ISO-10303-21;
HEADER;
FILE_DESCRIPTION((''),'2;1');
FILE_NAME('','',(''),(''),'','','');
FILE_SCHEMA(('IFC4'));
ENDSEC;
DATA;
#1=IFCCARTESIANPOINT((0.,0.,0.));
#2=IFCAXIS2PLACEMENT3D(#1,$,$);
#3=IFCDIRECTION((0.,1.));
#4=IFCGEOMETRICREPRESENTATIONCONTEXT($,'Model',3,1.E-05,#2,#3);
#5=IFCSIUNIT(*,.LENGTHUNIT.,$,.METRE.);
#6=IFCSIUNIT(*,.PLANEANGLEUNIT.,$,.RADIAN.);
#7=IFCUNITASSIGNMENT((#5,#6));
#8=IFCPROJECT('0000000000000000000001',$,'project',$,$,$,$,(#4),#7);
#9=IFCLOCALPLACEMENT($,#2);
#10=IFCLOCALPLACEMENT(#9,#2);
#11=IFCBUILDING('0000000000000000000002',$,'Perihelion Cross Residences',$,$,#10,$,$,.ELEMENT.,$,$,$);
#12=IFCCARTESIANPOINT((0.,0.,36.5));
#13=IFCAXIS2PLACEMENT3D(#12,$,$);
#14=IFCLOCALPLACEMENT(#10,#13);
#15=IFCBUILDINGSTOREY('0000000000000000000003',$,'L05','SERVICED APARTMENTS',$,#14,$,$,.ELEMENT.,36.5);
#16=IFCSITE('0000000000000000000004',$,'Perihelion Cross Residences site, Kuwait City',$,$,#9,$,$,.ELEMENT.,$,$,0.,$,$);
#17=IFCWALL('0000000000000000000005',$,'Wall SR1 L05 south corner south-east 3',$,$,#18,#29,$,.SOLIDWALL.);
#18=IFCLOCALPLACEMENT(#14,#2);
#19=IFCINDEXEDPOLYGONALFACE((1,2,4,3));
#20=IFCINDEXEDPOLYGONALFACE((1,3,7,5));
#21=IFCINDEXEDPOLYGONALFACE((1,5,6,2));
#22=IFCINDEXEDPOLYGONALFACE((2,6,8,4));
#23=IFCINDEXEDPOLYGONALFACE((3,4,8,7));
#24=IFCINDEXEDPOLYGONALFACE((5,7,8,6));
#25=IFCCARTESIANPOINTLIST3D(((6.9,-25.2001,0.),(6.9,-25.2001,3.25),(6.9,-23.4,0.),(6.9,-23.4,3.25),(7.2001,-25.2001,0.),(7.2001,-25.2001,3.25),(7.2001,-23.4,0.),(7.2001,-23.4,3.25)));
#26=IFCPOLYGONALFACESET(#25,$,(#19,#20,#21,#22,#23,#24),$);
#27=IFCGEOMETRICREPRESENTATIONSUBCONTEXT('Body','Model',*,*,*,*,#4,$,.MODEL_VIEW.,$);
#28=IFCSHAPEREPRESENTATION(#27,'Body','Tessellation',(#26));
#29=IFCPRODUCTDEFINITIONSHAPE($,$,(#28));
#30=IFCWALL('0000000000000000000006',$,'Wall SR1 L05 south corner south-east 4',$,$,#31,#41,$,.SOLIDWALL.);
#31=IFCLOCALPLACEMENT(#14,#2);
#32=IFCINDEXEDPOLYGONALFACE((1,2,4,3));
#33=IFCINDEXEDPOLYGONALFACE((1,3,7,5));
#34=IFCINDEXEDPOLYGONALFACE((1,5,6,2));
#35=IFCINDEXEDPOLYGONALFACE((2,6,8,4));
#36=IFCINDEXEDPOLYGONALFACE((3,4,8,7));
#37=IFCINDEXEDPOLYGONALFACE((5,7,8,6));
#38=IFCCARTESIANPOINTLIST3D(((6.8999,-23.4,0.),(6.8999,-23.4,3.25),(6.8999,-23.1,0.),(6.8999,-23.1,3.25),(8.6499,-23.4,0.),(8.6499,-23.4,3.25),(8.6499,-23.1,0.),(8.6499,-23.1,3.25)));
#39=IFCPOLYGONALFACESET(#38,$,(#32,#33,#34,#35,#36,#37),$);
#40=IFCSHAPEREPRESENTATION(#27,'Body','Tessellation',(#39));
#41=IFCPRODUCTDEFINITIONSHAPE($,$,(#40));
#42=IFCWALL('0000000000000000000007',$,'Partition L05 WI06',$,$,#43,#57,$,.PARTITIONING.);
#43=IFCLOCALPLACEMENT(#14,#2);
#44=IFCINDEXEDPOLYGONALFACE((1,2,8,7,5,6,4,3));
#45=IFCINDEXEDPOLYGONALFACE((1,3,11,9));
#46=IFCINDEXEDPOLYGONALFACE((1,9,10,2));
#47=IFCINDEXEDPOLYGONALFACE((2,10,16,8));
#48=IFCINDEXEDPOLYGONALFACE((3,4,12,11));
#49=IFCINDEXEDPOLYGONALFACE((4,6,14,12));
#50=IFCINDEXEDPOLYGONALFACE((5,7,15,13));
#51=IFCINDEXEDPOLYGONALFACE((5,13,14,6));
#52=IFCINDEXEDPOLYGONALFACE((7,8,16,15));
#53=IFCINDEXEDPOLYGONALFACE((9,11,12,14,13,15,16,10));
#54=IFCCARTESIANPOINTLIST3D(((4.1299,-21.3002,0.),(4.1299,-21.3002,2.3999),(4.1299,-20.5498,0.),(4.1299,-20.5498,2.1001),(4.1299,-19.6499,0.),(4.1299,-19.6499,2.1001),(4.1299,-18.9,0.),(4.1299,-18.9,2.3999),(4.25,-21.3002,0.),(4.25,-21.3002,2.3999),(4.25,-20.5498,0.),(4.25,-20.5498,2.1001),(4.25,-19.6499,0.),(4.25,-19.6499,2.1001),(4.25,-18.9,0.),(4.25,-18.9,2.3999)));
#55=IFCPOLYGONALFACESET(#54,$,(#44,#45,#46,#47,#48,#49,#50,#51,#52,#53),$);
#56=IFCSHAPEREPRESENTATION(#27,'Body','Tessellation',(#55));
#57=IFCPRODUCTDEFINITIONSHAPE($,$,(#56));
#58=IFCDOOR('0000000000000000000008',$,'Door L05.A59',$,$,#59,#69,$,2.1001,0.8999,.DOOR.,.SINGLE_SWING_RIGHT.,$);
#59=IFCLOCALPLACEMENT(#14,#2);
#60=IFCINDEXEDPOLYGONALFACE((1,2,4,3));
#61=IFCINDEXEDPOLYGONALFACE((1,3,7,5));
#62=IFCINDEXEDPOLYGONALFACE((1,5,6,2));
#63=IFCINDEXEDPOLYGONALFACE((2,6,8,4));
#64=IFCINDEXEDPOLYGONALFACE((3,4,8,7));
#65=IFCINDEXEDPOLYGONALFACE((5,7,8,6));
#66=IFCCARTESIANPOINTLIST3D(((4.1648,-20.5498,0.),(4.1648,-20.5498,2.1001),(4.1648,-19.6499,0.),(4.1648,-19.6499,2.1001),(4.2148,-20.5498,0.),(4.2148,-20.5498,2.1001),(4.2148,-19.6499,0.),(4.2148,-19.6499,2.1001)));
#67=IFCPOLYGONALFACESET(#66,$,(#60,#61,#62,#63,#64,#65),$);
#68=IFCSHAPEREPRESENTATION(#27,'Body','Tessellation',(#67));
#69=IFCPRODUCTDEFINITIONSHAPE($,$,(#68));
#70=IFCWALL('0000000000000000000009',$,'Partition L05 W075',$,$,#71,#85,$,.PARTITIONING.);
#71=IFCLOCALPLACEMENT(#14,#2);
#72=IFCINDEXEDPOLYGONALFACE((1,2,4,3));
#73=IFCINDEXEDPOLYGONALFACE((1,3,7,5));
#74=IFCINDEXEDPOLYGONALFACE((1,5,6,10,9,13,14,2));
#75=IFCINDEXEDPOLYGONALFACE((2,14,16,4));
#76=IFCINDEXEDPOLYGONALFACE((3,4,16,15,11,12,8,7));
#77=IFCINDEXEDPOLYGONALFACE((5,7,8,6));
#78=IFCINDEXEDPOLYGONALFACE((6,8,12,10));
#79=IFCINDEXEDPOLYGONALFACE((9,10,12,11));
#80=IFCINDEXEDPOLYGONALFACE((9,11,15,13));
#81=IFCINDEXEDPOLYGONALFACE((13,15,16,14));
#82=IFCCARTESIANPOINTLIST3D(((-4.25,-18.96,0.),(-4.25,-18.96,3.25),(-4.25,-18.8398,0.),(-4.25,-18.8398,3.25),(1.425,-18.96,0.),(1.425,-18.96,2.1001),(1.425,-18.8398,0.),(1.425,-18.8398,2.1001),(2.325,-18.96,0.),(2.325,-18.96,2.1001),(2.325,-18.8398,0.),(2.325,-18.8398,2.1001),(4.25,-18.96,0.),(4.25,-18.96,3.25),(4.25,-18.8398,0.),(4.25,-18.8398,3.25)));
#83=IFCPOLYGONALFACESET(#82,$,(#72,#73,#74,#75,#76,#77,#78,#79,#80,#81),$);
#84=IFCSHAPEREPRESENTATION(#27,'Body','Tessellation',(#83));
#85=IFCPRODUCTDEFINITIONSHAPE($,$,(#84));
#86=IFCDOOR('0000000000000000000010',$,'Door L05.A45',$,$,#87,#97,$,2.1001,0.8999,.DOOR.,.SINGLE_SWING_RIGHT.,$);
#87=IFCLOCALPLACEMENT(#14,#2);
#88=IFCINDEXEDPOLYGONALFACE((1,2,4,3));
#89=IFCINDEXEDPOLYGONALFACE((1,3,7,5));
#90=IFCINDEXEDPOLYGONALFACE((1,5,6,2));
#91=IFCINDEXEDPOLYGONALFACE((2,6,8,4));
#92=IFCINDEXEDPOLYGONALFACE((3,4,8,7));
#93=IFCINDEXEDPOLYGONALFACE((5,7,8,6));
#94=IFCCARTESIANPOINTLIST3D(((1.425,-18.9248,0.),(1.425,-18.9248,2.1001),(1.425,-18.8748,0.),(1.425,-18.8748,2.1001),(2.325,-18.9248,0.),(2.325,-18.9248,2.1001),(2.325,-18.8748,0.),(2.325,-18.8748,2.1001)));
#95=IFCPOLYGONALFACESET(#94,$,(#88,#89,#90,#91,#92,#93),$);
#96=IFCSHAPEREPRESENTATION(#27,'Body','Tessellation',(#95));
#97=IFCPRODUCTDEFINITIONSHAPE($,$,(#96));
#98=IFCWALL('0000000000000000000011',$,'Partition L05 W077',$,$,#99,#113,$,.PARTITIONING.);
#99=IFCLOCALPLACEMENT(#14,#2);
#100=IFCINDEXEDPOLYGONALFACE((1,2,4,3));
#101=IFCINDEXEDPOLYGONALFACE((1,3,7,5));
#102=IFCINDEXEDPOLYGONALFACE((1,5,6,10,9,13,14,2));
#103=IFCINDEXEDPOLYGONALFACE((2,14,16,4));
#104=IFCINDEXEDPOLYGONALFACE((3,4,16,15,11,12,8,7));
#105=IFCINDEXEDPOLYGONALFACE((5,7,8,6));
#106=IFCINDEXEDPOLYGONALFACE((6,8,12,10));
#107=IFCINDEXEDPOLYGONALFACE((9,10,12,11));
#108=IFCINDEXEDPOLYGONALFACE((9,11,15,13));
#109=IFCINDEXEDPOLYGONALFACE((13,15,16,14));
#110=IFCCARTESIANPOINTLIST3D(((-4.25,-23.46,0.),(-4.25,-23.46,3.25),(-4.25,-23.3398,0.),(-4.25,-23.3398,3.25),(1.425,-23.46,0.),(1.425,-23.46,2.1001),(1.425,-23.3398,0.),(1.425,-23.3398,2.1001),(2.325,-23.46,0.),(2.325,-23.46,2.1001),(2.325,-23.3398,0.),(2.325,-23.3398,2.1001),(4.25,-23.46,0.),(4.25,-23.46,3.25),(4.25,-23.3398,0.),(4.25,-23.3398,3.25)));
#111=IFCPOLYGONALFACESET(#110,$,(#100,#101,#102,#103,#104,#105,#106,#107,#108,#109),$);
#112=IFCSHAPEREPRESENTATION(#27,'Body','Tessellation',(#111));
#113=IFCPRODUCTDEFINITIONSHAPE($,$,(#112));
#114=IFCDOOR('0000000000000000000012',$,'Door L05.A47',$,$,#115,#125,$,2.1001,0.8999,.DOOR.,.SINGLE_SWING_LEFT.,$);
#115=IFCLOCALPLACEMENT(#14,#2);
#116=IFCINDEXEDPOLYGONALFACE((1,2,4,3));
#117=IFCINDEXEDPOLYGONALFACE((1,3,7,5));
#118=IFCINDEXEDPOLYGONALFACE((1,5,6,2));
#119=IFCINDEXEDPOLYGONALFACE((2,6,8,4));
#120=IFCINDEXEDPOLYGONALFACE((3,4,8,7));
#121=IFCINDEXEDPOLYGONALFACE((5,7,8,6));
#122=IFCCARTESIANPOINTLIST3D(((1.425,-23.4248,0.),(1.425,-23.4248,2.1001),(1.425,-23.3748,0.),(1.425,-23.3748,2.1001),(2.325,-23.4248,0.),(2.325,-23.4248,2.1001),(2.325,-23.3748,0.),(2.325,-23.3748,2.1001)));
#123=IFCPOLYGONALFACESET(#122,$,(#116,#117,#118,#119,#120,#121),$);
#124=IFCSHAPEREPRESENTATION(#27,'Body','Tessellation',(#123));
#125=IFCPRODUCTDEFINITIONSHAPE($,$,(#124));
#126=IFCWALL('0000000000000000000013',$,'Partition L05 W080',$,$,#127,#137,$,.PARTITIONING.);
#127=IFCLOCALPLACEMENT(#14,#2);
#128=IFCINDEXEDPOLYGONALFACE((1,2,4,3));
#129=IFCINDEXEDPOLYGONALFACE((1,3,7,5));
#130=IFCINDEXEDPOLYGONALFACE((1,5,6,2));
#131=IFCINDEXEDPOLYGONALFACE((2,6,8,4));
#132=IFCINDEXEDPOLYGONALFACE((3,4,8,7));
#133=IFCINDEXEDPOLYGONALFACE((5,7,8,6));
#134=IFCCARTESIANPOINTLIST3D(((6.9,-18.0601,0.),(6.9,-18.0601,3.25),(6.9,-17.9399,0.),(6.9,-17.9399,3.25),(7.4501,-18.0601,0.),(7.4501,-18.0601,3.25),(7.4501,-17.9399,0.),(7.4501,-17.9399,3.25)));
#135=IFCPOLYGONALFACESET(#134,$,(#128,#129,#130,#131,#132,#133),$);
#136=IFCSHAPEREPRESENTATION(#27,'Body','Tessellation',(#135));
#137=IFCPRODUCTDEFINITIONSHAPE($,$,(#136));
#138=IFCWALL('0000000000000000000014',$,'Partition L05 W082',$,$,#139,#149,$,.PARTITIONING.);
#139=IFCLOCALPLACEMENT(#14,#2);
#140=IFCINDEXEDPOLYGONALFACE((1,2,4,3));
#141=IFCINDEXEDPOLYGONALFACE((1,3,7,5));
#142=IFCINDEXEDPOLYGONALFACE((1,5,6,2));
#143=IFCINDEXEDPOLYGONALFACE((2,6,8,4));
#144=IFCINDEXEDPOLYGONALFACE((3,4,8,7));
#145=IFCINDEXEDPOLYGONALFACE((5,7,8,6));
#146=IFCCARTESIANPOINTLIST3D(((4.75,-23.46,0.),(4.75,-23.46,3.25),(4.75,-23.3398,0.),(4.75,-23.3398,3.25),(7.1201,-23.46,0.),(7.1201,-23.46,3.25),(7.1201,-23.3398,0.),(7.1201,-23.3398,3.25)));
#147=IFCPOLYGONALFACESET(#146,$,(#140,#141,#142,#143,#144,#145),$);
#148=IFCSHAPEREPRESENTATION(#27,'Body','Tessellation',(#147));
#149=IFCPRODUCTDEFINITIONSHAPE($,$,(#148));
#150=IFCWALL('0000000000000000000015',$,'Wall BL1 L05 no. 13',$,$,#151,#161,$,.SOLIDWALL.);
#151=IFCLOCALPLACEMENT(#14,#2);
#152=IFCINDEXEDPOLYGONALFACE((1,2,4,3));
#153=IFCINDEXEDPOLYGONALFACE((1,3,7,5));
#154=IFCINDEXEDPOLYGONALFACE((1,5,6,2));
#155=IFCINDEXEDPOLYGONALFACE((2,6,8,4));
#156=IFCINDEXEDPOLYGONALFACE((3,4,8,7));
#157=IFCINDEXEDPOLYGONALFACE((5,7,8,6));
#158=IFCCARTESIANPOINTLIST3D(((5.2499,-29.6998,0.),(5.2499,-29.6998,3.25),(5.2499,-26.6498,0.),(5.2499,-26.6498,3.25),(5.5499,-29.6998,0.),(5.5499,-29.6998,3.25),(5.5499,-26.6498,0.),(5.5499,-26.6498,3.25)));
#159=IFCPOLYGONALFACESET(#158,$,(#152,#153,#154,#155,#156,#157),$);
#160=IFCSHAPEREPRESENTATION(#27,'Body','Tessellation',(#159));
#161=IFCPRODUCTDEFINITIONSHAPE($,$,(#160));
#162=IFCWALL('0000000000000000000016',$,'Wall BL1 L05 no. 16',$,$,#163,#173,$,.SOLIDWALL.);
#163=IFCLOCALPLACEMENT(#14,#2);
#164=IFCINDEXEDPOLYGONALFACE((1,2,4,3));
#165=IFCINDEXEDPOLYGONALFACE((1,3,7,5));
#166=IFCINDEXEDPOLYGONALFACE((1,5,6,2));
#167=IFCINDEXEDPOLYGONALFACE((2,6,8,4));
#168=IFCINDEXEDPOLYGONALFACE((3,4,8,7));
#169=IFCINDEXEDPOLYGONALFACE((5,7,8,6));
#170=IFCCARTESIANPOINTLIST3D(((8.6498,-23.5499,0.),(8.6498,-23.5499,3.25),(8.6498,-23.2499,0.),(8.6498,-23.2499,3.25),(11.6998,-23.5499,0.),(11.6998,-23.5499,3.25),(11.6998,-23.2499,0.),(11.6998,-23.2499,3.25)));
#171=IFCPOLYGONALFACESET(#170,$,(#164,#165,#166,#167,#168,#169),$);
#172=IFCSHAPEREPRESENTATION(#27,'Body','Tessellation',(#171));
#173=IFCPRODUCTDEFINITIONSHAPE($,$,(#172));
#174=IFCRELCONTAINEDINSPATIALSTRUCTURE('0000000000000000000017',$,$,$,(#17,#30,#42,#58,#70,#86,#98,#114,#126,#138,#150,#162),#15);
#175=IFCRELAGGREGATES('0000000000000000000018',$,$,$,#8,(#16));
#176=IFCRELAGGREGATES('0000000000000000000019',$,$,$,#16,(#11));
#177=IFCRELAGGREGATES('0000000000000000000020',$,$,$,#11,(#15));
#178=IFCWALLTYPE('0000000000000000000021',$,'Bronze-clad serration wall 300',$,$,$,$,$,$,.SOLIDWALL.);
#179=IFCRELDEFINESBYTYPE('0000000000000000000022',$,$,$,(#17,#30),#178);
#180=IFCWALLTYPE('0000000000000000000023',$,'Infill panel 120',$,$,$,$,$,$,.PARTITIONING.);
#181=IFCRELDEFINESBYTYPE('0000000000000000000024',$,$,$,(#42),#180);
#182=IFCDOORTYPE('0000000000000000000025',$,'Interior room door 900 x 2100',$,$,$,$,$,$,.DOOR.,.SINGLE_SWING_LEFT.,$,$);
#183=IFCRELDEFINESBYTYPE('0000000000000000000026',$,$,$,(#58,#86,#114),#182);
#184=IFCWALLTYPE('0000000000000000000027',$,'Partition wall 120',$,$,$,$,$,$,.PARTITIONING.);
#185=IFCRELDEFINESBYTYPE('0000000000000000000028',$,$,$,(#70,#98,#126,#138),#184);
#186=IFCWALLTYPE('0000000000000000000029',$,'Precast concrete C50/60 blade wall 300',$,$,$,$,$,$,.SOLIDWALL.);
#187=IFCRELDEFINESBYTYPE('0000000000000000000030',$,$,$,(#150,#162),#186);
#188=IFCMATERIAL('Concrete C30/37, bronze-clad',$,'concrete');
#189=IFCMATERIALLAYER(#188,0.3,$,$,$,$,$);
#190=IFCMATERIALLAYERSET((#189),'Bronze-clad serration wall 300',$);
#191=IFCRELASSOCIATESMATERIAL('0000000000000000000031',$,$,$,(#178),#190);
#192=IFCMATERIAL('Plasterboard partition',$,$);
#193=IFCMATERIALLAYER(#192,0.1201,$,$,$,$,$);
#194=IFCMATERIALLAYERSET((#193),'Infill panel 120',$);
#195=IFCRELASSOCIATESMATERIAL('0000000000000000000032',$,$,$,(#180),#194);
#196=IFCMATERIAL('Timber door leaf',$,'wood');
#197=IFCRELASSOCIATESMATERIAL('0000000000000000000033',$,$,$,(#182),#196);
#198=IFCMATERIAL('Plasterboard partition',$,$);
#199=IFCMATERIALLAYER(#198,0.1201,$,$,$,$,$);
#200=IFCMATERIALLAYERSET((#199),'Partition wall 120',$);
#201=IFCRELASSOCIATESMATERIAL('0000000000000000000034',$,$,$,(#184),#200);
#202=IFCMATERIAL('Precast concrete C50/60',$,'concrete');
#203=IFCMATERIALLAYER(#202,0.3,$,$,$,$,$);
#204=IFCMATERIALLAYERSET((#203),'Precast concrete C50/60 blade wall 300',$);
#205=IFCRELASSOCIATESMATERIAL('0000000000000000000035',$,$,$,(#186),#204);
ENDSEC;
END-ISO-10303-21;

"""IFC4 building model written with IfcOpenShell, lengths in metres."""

from ifc_helpers import new_model, si_unit, direction, frame, frame_2d, origin, place, context, subcontext, project, spatial, rectangle, extrude, material, layer, layer_set, type_object, element, fill, save


model = new_model("IFC4")

# Units and contexts
model_context = context("Model", 3, precision=1e-05, world=origin(), true_north=direction((0.0, 1.0)))
body_context = subcontext(model_context, "Body", "Model", "MODEL_VIEW")
ifc_project = project(units=[si_unit("LENGTHUNIT", "METRE"), si_unit("PLANEANGLEUNIT", "RADIAN")], contexts=[model_context])

# Site, building, storey
site_placement = place(None, origin())
site = spatial("IfcSite", under=ifc_project, at=site_placement, Name="Perihelion Cross Residences site, Kuwait City", CompositionType="ELEMENT", RefElevation=0.0)
building_placement = place(site_placement, origin())
building = spatial("IfcBuilding", under=site, at=building_placement, Name="Perihelion Cross Residences", CompositionType="ELEMENT")
storey_placement = place(building_placement, frame((0.0, 0.0, 36.5)))
storey = spatial("IfcBuildingStorey", under=building, at=storey_placement, Name="L05", Description="SERVICED APARTMENTS", CompositionType="ELEMENT", Elevation=36.5)

# Walls
ifc_material_1 = material(Name="Concrete C30/37, bronze-clad", Category="concrete")
ifc_layer_1 = layer(ifc_material_1, 0.3)
ifc_layer_set_1 = layer_set([ifc_layer_1], Name="Bronze-clad serration wall 300")
wall_type_1 = type_object("IfcWallType", Name="Bronze-clad serration wall 300", PredefinedType="SOLIDWALL", material=ifc_layer_set_1)
wall_1_placement = place(storey_placement, frame((7.05, -25.2, 0.0), z_axis=(0.0, 0.0, 1.0), x_axis=(0.0, 1.0, 0.0)))
element("IfcWall", 1, at=wall_1_placement, inside=storey, type_object=wall_type_1, Name="Wall SR1 L05 south corner south-east 3", PredefinedType="SOLIDWALL", context=body_context, shape_type="SweptSolid", body=[
    extrude(rectangle(XDim=1.8, YDim=0.3, at=frame_2d((0.8999, 0.0))), origin(), (0.0, 0.0, 1.0), 3.25),
])
wall_2_placement = place(storey_placement, frame((6.8999, -23.25, 0.0), z_axis=(0.0, 0.0, 1.0), x_axis=(1.0, 0.0, 0.0)))
element("IfcWall", 2, at=wall_2_placement, inside=storey, type_object=wall_type_1, Name="Wall SR1 L05 south corner south-east 4", PredefinedType="SOLIDWALL", context=body_context, shape_type="SweptSolid", body=[
    extrude(rectangle(XDim=1.75, YDim=0.3, at=frame_2d((0.875, 0.0))), origin(), (0.0, 0.0, 1.0), 3.25),
])

# Walls, openings, doors
ifc_material_2 = material(Name="Plasterboard partition")
ifc_layer_2 = layer(ifc_material_2, 0.1201)
ifc_layer_set_2 = layer_set([ifc_layer_2], Name="Infill panel 120")
wall_type_2 = type_object("IfcWallType", Name="Infill panel 120", PredefinedType="PARTITIONING", material=ifc_layer_set_2)
wall_3_placement = place(storey_placement, frame((4.1899, -18.8999, 0.0), z_axis=(0.0, 0.0, 1.0), x_axis=(0.0, -1.0, 0.0)))
wall_3 = element("IfcWall", 3, at=wall_3_placement, inside=storey, type_object=wall_type_2, Name="Partition L05 WI06", PredefinedType="PARTITIONING", context=body_context, shape_type="SweptSolid", body=[
    extrude(rectangle(XDim=2.4001, YDim=0.1201, at=frame_2d((1.2002, 0.0))), origin(), (0.0, 0.0, 1.0), 2.3999),
])
opening_1_placement = place(wall_3_placement, frame((0.75, 0.0, 0.0)))
opening_1 = element("IfcOpeningElement", 4, at=opening_1_placement, cuts=wall_3, PredefinedType="OPENING", context=body_context, shape_type="SweptSolid", body=[
    extrude(rectangle(XDim=0.8999, YDim=2.1001, at=frame_2d((0.45, 1.05))), frame((0.0, 0.0701, 0.0), z_axis=(0.0, -1.0, 0.0), x_axis=(1.0, 0.0, 0.0)), (0.0, 0.0, 1.0), 0.1401),
])
ifc_material_3 = material(Name="Timber door leaf", Category="wood")
door_type_1 = type_object("IfcDoorType", Name="Interior room door 900 x 2100", OperationType="SINGLE_SWING_LEFT", PredefinedType="DOOR", material=ifc_material_3)
door_1_placement = place(opening_1_placement, origin())
door_1 = element("IfcDoor", 5, at=door_1_placement, inside=storey, type_object=door_type_1, Name="Door L05.A59", OperationType="SINGLE_SWING_RIGHT", OverallHeight=2.1001, OverallWidth=0.8999, PredefinedType="DOOR", context=body_context, shape_type="SweptSolid", body=[
    extrude(rectangle(XDim=0.8999, YDim=2.1001, at=frame_2d((0.45, 1.05))), frame((0.0, 0.0249, 0.0), z_axis=(0.0, -1.0, 0.0), x_axis=(1.0, 0.0, 0.0)), (0.0, 0.0, 1.0), 0.05),
])
fill(opening_1, door_1)
ifc_material_4 = material(Name="Plasterboard partition")
ifc_layer_3 = layer(ifc_material_4, 0.1201)
ifc_layer_set_3 = layer_set([ifc_layer_3], Name="Partition wall 120")
wall_type_3 = type_object("IfcWallType", Name="Partition wall 120", PredefinedType="PARTITIONING", material=ifc_layer_set_3)
wall_4_placement = place(storey_placement, frame((4.25, -18.8999, 0.0), z_axis=(0.0, 0.0, 1.0), x_axis=(-1.0, 0.0, 0.0)))
wall_4 = element("IfcWall", 6, at=wall_4_placement, inside=storey, type_object=wall_type_3, Name="Partition L05 W075", PredefinedType="PARTITIONING", context=body_context, shape_type="SweptSolid", body=[
    extrude(rectangle(XDim=8.5, YDim=0.1201, at=frame_2d((4.25, 0.0))), origin(), (0.0, 0.0, 1.0), 3.25),
])
opening_2_placement = place(wall_4_placement, frame((1.925, 0.0, 0.0)))
opening_2 = element("IfcOpeningElement", 7, at=opening_2_placement, cuts=wall_4, PredefinedType="OPENING", context=body_context, shape_type="SweptSolid", body=[
    extrude(rectangle(XDim=0.8999, YDim=2.1001, at=frame_2d((0.45, 1.05))), frame((0.0, 0.0701, 0.0), z_axis=(0.0, -1.0, 0.0), x_axis=(1.0, 0.0, 0.0)), (0.0, 0.0, 1.0), 0.1401),
])
door_2_placement = place(opening_2_placement, origin())
door_2 = element("IfcDoor", 8, at=door_2_placement, inside=storey, type_object=door_type_1, Name="Door L05.A45", OperationType="SINGLE_SWING_RIGHT", OverallHeight=2.1001, OverallWidth=0.8999, PredefinedType="DOOR", context=body_context, shape_type="SweptSolid", body=[
    extrude(rectangle(XDim=0.8999, YDim=2.1001, at=frame_2d((0.45, 1.05))), frame((0.0, 0.0249, 0.0), z_axis=(0.0, -1.0, 0.0), x_axis=(1.0, 0.0, 0.0)), (0.0, 0.0, 1.0), 0.05),
])
fill(opening_2, door_2)
wall_5_placement = place(storey_placement, frame((4.25, -23.3999, 0.0), z_axis=(0.0, 0.0, 1.0), x_axis=(-1.0, 0.0, 0.0)))
wall_5 = element("IfcWall", 9, at=wall_5_placement, inside=storey, type_object=wall_type_3, Name="Partition L05 W077", PredefinedType="PARTITIONING", context=body_context, shape_type="SweptSolid", body=[
    extrude(rectangle(XDim=8.5, YDim=0.1201, at=frame_2d((4.25, 0.0))), origin(), (0.0, 0.0, 1.0), 3.25),
])
opening_3_placement = place(wall_5_placement, frame((1.925, 0.0, 0.0)))
opening_3 = element("IfcOpeningElement", 10, at=opening_3_placement, cuts=wall_5, PredefinedType="OPENING", context=body_context, shape_type="SweptSolid", body=[
    extrude(rectangle(XDim=0.8999, YDim=2.1001, at=frame_2d((0.45, 1.05))), frame((0.0, 0.0701, 0.0), z_axis=(0.0, -1.0, 0.0), x_axis=(1.0, 0.0, 0.0)), (0.0, 0.0, 1.0), 0.1401),
])
door_3_placement = place(opening_3_placement, origin())
door_3 = element("IfcDoor", 11, at=door_3_placement, inside=storey, type_object=door_type_1, Name="Door L05.A47", OperationType="SINGLE_SWING_LEFT", OverallHeight=2.1001, OverallWidth=0.8999, PredefinedType="DOOR", context=body_context, shape_type="SweptSolid", body=[
    extrude(rectangle(XDim=0.8999, YDim=2.1001, at=frame_2d((0.45, 1.05))), frame((0.0, 0.0249, 0.0), z_axis=(0.0, -1.0, 0.0), x_axis=(1.0, 0.0, 0.0)), (0.0, 0.0, 1.0), 0.05),
])
fill(opening_3, door_3)

# Walls
wall_6_placement = place(storey_placement, frame((7.45, -18.0, 0.0), z_axis=(0.0, 0.0, 1.0), x_axis=(-1.0, 0.0, 0.0)))
element("IfcWall", 12, at=wall_6_placement, inside=storey, type_object=wall_type_3, Name="Partition L05 W080", PredefinedType="PARTITIONING", context=body_context, shape_type="SweptSolid", body=[
    extrude(rectangle(XDim=0.55, YDim=0.1201, at=frame_2d((0.2749, 0.0))), origin(), (0.0, 0.0, 1.0), 3.25),
])
wall_7_placement = place(storey_placement, frame((7.1201, -23.3999, 0.0), z_axis=(0.0, 0.0, 1.0), x_axis=(-1.0, 0.0, 0.0)))
element("IfcWall", 13, at=wall_7_placement, inside=storey, type_object=wall_type_3, Name="Partition L05 W082", PredefinedType="PARTITIONING", context=body_context, shape_type="SweptSolid", body=[
    extrude(rectangle(XDim=2.3701, YDim=0.1201, at=frame_2d((1.1851, 0.0))), origin(), (0.0, 0.0, 1.0), 3.25),
])
ifc_material_5 = material(Name="Precast concrete C50/60", Category="concrete")
ifc_layer_4 = layer(ifc_material_5, 0.3)
ifc_layer_set_4 = layer_set([ifc_layer_4], Name="Precast concrete C50/60 blade wall 300")
wall_type_4 = type_object("IfcWallType", Name="Precast concrete C50/60 blade wall 300", PredefinedType="SOLIDWALL", material=ifc_layer_set_4)
for number, where, z_axis, x_axis, name in (
    (14, (5.3999, -26.6499, 0.0), (0.0, 0.0, 1.0), (0.0, -1.0, 0.0), "Wall BL1 L05 no. 13"),
    (15, (8.6499, -23.3999, 0.0), (0.0, 0.0, 1.0), (1.0, 0.0, 0.0), "Wall BL1 L05 no. 16"),
):
    element("IfcWall", number, at=place(storey_placement, frame(where, z_axis=z_axis, x_axis=x_axis)), inside=storey, type_object=wall_type_4, Name=name, PredefinedType="SOLIDWALL", context=body_context, shape_type="SweptSolid", body=[
        extrude(rectangle(XDim=3.05, YDim=0.3, at=frame_2d((1.5249, 0.0))), origin(), (0.0, 0.0, 1.0), 3.25),
    ])

save(model, "model.ifc")
